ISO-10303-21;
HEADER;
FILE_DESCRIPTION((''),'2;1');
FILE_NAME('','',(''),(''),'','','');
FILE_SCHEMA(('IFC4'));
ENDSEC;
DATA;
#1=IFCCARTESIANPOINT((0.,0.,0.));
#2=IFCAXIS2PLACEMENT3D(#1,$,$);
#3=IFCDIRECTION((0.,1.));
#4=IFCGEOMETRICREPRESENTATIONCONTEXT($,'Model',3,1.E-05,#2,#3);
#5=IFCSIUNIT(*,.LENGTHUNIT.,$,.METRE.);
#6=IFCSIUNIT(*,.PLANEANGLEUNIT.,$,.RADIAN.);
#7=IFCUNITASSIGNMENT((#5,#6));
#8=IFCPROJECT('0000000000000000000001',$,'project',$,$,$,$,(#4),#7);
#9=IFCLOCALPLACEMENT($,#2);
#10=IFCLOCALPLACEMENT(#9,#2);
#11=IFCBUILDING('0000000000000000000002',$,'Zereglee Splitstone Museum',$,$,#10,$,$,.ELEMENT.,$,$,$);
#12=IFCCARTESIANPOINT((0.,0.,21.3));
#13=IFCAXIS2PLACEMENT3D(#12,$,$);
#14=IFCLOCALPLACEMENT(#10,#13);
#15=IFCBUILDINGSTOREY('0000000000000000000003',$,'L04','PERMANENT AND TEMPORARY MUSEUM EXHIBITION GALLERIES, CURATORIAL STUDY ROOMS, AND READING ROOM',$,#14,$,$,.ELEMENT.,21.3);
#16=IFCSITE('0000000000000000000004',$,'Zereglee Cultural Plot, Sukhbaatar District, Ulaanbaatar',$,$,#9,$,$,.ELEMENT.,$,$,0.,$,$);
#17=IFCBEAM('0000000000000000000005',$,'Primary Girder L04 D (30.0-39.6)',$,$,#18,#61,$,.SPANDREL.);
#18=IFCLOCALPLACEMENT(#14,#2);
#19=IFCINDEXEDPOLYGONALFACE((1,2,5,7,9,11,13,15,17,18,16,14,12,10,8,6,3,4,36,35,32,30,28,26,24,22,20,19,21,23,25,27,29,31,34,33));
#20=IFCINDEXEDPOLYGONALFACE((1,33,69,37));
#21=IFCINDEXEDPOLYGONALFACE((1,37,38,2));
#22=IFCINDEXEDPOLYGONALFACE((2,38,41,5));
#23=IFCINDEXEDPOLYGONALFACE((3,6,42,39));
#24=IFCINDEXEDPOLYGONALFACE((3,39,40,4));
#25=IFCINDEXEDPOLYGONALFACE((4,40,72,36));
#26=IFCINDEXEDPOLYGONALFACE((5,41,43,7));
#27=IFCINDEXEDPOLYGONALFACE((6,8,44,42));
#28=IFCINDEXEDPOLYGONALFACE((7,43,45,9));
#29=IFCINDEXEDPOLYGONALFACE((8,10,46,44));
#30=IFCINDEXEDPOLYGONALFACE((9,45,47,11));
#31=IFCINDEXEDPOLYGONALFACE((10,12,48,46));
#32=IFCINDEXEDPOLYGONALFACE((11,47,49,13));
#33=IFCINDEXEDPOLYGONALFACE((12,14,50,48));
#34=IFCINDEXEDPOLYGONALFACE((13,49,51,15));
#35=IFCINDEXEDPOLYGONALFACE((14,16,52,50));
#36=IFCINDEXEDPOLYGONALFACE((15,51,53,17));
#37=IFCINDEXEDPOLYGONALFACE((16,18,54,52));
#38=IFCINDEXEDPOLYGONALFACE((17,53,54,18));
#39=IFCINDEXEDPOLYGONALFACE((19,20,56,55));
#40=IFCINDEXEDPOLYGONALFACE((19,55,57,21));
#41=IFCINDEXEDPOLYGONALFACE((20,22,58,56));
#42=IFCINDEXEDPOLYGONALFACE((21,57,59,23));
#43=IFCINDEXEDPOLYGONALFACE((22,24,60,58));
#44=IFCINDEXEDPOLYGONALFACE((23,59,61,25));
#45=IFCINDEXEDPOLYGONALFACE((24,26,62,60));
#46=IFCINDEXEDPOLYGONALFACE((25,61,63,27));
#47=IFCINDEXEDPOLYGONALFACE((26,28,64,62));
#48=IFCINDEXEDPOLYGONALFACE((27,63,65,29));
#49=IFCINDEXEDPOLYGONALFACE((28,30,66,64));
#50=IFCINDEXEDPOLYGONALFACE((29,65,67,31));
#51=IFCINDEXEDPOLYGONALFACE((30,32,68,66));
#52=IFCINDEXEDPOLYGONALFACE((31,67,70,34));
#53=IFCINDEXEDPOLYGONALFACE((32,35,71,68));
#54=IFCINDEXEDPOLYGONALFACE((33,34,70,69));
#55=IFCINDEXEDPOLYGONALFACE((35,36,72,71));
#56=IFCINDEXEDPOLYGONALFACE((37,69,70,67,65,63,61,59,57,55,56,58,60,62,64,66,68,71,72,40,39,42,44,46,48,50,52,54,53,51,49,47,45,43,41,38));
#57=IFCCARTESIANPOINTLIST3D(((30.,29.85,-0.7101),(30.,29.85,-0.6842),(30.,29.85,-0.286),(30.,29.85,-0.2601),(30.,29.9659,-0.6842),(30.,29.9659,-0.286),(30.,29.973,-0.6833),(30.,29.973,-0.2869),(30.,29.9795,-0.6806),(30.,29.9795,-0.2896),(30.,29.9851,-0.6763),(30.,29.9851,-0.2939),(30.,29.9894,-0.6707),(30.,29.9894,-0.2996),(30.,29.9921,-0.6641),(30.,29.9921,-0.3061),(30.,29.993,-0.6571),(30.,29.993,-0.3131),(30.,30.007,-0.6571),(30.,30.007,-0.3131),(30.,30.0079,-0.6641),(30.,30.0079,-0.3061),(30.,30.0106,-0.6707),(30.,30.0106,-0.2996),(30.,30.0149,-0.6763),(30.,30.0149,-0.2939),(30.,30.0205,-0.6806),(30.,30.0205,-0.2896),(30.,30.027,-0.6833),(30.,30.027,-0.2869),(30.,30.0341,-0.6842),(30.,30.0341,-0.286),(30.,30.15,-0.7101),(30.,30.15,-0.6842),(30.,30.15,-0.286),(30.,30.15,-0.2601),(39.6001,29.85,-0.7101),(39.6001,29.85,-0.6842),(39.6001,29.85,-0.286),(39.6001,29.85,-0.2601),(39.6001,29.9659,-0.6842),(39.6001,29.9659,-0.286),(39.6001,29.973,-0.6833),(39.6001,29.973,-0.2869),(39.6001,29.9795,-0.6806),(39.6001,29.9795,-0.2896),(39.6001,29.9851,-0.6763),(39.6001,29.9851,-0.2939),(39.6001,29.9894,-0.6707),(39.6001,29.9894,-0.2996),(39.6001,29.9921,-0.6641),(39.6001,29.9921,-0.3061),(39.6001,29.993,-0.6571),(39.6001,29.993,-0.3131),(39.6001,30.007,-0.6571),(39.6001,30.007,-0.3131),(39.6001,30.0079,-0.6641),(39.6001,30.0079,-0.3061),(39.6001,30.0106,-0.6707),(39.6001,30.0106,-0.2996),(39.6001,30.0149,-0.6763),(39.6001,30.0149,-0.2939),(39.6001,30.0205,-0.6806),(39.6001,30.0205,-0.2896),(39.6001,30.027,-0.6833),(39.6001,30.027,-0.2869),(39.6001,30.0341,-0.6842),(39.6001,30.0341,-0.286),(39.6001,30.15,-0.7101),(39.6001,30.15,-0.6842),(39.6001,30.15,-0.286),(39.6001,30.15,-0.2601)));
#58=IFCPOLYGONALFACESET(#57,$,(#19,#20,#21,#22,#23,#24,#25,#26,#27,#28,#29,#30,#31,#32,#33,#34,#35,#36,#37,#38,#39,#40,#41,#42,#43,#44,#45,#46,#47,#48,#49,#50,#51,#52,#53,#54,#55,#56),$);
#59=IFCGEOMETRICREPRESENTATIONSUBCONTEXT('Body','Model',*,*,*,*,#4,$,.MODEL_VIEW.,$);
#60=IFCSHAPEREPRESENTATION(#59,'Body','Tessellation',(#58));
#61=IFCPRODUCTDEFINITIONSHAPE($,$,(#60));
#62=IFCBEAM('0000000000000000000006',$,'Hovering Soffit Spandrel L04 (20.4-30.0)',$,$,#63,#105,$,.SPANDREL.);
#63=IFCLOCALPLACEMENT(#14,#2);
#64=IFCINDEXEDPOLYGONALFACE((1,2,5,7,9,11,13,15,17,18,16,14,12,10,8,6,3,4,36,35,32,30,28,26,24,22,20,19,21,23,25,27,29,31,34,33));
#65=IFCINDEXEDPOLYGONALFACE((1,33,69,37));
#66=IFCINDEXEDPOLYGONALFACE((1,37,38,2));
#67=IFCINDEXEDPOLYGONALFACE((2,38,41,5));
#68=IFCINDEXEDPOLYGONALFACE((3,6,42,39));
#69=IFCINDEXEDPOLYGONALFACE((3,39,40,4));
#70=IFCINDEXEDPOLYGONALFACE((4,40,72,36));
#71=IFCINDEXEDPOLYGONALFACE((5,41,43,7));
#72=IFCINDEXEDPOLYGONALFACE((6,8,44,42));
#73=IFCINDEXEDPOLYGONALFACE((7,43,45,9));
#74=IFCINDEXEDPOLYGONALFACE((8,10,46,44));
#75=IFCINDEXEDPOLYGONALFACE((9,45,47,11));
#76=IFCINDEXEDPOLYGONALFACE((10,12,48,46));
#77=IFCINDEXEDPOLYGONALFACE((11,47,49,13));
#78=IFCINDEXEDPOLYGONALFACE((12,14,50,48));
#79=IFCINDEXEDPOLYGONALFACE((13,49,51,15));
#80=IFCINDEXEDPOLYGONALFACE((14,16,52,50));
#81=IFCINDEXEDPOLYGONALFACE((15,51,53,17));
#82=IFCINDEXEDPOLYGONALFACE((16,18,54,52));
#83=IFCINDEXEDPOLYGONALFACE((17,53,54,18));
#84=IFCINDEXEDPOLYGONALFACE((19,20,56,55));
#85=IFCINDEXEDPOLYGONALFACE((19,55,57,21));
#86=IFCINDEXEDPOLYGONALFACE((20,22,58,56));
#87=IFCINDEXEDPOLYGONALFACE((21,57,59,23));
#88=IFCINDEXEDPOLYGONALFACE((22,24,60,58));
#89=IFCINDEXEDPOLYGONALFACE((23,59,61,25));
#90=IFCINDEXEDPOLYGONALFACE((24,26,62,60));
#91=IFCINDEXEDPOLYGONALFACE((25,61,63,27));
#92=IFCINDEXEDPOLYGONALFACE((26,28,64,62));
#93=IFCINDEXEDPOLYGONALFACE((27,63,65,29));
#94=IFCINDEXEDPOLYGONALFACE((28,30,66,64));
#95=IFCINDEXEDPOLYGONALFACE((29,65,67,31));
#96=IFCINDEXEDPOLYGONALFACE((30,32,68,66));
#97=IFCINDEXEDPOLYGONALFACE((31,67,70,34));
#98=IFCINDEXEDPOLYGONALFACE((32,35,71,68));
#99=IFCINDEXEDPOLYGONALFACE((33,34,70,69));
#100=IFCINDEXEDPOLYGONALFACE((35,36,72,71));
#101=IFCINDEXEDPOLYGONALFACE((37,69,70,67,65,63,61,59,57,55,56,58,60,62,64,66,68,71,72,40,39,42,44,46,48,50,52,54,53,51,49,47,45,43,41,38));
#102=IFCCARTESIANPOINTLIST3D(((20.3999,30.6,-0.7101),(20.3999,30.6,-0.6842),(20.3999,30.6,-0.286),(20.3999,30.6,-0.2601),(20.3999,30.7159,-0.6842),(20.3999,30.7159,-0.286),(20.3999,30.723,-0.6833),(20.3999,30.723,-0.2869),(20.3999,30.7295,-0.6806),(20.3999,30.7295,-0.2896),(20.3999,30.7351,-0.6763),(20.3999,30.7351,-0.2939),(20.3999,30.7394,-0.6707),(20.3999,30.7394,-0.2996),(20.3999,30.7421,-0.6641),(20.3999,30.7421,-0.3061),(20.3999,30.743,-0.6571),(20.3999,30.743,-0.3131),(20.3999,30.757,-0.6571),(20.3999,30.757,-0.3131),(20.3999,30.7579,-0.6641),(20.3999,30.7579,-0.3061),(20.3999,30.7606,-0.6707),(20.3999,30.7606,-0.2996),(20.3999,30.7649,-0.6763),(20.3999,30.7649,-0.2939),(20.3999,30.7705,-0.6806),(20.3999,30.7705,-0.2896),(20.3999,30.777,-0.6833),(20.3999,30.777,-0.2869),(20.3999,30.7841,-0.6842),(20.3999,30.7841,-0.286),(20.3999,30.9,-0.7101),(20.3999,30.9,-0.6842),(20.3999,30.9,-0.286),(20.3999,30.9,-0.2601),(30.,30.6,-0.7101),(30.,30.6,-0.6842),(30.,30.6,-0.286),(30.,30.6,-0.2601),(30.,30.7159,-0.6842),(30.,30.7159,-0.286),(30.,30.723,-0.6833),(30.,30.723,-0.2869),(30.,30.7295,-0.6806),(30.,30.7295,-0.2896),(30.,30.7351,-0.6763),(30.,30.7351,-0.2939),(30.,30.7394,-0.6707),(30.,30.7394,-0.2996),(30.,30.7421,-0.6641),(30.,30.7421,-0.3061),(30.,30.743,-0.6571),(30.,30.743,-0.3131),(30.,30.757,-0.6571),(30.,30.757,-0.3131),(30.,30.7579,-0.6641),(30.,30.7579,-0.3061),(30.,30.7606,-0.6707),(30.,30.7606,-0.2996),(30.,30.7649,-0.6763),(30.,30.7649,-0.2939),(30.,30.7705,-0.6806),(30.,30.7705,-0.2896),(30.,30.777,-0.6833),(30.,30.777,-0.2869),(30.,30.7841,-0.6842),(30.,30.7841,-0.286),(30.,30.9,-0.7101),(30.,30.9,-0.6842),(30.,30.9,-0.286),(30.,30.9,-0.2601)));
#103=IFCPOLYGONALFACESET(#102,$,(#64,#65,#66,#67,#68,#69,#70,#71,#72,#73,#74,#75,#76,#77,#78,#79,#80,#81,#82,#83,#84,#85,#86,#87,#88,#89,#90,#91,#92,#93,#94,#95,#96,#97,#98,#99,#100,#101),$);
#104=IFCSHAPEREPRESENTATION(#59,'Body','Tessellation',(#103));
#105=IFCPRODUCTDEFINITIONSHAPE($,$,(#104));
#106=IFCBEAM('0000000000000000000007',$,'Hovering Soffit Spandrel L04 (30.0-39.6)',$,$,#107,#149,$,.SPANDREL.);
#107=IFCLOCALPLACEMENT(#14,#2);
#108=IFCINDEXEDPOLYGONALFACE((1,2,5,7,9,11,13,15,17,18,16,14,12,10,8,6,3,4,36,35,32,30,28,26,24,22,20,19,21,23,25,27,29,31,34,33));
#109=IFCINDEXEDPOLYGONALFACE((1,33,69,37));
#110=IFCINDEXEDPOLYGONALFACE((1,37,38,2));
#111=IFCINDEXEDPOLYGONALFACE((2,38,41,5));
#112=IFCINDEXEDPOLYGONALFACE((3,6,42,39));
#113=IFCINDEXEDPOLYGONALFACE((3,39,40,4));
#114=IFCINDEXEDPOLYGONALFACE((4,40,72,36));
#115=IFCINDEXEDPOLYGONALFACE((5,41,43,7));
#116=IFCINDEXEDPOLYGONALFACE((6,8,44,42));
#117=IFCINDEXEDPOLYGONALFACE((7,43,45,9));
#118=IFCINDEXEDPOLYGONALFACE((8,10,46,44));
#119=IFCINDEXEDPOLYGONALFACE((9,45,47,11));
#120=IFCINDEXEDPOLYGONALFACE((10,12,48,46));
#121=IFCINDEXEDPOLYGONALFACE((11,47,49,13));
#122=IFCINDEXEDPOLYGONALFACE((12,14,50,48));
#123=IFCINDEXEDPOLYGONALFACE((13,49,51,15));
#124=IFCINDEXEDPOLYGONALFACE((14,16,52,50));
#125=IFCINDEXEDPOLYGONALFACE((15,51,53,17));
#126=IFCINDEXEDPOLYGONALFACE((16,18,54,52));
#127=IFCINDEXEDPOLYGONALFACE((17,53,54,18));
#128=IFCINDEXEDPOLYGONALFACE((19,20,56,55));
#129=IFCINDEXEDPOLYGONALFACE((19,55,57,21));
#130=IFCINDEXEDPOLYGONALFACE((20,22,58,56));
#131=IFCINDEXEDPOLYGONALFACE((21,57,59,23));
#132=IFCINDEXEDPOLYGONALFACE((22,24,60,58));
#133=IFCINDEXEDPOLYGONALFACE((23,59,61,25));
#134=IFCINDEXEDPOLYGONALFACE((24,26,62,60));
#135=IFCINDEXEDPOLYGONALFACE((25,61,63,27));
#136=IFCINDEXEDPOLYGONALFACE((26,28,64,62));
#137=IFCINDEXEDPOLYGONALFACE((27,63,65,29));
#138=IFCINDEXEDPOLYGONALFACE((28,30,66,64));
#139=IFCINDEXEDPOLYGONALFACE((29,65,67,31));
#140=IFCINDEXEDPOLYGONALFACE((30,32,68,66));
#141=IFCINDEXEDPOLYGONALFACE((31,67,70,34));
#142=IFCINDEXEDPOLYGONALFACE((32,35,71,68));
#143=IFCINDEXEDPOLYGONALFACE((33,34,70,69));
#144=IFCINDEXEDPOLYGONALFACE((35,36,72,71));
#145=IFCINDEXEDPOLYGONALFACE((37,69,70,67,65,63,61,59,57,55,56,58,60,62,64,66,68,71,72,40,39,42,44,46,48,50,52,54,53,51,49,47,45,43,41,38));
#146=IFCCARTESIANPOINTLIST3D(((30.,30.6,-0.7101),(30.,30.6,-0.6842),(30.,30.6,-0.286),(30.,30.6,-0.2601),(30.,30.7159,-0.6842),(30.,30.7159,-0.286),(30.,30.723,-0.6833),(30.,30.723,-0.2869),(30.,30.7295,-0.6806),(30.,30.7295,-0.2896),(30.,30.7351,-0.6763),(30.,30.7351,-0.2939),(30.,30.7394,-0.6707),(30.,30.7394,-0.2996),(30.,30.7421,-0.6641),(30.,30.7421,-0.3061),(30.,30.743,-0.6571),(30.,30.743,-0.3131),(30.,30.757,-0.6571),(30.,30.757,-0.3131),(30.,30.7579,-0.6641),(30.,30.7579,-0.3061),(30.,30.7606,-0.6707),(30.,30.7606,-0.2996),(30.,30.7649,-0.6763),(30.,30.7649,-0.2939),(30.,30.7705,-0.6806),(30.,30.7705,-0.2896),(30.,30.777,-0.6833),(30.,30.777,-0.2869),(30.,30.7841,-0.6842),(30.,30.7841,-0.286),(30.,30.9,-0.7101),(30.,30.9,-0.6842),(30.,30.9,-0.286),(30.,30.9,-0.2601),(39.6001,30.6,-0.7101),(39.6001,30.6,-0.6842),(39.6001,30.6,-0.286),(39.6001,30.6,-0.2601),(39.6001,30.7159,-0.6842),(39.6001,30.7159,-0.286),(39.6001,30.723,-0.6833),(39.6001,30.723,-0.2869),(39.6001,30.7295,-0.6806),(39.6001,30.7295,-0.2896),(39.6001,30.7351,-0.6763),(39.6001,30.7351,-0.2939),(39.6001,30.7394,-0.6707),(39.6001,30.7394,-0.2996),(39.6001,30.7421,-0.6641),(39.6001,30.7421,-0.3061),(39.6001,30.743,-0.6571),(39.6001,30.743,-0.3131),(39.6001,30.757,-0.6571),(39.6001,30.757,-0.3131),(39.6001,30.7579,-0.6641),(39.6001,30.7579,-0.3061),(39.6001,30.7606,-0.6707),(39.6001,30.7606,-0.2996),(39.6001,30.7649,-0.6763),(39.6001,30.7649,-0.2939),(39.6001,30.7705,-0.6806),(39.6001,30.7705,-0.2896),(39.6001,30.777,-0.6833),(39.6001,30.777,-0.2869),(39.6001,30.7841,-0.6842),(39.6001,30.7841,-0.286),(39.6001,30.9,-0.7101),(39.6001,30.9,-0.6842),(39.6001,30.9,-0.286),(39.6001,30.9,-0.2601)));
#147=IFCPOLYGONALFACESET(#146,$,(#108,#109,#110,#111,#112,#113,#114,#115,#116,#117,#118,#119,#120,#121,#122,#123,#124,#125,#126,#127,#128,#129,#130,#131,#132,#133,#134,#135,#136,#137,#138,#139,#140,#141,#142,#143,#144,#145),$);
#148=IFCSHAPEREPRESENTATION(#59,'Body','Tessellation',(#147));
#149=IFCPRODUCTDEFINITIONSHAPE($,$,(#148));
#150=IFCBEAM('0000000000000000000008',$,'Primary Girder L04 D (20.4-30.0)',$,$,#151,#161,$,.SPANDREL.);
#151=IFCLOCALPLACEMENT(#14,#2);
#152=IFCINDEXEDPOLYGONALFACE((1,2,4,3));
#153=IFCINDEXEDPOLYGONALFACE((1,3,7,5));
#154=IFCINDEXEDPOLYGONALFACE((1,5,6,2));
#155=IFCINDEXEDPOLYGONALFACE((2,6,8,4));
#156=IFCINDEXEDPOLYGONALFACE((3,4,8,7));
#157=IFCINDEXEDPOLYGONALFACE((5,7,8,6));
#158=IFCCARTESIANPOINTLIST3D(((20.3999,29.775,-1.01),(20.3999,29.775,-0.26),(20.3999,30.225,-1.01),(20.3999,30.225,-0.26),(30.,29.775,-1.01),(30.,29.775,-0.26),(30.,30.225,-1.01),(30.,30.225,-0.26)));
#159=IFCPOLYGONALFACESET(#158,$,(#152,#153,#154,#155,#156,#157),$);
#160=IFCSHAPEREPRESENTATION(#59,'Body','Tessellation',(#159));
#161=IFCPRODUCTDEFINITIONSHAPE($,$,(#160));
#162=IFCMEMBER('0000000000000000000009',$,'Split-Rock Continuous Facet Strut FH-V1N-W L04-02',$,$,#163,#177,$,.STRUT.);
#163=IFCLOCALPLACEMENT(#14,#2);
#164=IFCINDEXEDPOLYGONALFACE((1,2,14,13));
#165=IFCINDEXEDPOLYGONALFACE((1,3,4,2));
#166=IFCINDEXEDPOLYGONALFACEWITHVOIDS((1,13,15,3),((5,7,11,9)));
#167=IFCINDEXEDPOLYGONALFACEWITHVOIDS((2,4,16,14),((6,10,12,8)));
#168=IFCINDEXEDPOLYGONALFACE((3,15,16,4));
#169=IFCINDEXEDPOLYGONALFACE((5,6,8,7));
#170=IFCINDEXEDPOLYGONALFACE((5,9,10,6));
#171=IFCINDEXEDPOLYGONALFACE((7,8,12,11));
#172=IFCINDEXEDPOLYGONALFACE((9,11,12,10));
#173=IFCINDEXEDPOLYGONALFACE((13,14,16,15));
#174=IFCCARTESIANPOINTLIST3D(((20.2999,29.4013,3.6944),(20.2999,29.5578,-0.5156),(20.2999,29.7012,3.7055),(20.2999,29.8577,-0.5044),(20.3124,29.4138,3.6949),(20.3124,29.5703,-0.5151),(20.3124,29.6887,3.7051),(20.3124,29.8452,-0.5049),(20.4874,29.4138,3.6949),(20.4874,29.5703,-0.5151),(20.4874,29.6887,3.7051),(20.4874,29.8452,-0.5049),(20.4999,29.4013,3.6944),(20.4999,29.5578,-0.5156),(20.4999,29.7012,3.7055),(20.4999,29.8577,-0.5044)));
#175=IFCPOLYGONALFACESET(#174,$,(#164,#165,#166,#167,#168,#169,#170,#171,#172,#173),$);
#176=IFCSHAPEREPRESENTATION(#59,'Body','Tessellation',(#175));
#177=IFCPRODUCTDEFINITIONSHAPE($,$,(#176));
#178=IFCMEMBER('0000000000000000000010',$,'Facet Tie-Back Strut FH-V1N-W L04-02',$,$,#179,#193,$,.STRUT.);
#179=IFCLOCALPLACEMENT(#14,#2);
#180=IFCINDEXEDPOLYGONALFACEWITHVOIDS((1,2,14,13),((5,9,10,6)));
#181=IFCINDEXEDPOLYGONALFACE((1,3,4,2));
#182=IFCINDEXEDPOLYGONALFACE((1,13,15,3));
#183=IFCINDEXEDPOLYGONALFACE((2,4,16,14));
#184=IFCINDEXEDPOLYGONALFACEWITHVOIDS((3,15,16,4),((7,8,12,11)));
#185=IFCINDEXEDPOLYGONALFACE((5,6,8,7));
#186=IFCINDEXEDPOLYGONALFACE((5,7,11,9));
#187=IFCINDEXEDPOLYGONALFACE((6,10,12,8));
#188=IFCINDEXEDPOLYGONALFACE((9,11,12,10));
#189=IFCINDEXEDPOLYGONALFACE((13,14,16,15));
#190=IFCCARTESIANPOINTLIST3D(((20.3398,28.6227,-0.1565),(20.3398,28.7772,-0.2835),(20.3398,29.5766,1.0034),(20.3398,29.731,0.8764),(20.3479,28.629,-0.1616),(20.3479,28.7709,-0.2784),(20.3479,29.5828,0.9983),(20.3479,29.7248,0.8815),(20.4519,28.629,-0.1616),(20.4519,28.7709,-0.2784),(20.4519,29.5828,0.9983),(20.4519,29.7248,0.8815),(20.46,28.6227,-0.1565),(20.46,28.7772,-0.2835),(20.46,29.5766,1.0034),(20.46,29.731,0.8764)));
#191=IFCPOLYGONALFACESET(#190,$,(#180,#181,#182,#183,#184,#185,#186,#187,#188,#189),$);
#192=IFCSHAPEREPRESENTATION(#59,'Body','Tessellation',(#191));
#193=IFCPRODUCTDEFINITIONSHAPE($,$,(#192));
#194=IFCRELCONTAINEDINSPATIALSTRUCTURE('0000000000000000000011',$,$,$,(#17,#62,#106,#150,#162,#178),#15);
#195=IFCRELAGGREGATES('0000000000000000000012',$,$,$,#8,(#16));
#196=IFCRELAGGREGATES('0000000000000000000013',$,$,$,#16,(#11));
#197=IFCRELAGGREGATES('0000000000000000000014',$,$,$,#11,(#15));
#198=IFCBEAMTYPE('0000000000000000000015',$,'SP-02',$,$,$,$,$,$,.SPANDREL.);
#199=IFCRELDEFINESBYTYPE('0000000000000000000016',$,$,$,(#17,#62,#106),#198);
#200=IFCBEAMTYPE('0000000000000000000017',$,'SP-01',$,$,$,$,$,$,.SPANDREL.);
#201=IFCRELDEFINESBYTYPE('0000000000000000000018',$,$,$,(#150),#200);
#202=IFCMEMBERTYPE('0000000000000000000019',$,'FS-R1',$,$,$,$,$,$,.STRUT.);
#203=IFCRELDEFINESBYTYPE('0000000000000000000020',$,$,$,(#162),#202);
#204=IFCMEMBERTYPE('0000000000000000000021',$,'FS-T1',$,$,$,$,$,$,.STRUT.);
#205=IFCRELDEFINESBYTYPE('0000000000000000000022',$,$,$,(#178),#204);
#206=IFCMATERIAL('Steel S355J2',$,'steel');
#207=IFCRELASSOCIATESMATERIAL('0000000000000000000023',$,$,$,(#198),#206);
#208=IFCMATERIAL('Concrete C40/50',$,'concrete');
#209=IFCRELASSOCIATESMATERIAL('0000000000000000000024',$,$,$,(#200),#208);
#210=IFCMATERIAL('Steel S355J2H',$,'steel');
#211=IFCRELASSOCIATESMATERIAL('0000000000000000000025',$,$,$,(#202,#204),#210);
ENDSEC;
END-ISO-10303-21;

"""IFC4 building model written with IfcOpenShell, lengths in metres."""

from ifc_helpers import new_model, si_unit, direction, frame, origin, origin_2d, place, context, subcontext, project, spatial, rectangle, hollow_rectangle, i_section, extrude, material, material_profile, profile_set, type_object, element, save


model = new_model("IFC4")

# Units and contexts
model_context = context("Model", 3, precision=1e-05, world=origin(), true_north=direction((0.0, 1.0)))
body_context = subcontext(model_context, "Body", "Model", "MODEL_VIEW")
ifc_project = project(units=[si_unit("LENGTHUNIT", "METRE"), si_unit("PLANEANGLEUNIT", "RADIAN")], contexts=[model_context])

# Site, building, storey
site_placement = place(None, origin())
site = spatial("IfcSite", under=ifc_project, at=site_placement, Name="Zereglee Cultural Plot, Sukhbaatar District, Ulaanbaatar", CompositionType="ELEMENT", RefElevation=0.0)
building_placement = place(site_placement, origin())
building = spatial("IfcBuilding", under=site, at=building_placement, Name="Zereglee Splitstone Museum", CompositionType="ELEMENT")
storey_placement = place(building_placement, frame((0.0, 0.0, 21.3)))
storey = spatial("IfcBuildingStorey", under=building, at=storey_placement, Name="L04", Description="PERMANENT AND TEMPORARY MUSEUM EXHIBITION GALLERIES, CURATORIAL STUDY ROOMS, AND READING ROOM", CompositionType="ELEMENT", Elevation=21.3)

# Shared definitions
ifc_material_1 = material(Name="Steel S355J2", Category="steel")

# Shared definitions
ifc_material_2 = material(Name="Concrete C40/50", Category="concrete")

# Shared definitions
ifc_material_3 = material(Name="Steel S355J2H", Category="steel")

# Beams
ifc_material_profile_1 = material_profile(ifc_material_1, i_section(OverallWidth=0.3, OverallDepth=0.45, WebThickness=0.0139, FlangeThickness=0.0259, FilletRadius=0.0271, at=origin_2d()), Name="HE 450 B")
ifc_profile_set_1 = profile_set([ifc_material_profile_1], Name="Steel S355J2")
beam_type_1 = type_object("IfcBeamType", Name="SP-02", PredefinedType="SPANDREL", material=ifc_profile_set_1)
for number, where, z_axis, x_axis, name in (
    (1, (30.0, 30.0, -0.4851), (1.0, 0.0, 0.0), (0.0, 1.0, 0.0), "Primary Girder L04 D (30.0-39.6)"),
    (2, (20.3999, 30.75, -0.4851), (1.0, 0.0, 0.0), (0.0, 1.0, 0.0), "Hovering Soffit Spandrel L04 (20.4-30.0)"),
    (3, (30.0, 30.75, -0.4851), (1.0, 0.0, 0.0), (0.0, 1.0, 0.0), "Hovering Soffit Spandrel L04 (30.0-39.6)"),
):
    element("IfcBeam", number, at=place(storey_placement, frame(where, z_axis=z_axis, x_axis=x_axis)), inside=storey, type_object=beam_type_1, Name=name, PredefinedType="SPANDREL", context=body_context, shape_type="SweptSolid", body=[
        extrude(i_section(OverallWidth=0.3, OverallDepth=0.45, WebThickness=0.0139, FlangeThickness=0.0259, FilletRadius=0.0271, at=origin_2d()), origin(), (0.0, 0.0, 1.0), 9.6001),
    ])
ifc_material_profile_2 = material_profile(ifc_material_2, rectangle(XDim=0.45, YDim=0.75, at=origin_2d()), Name="RC 450x750")
ifc_profile_set_2 = profile_set([ifc_material_profile_2], Name="Concrete C40/50")
beam_type_2 = type_object("IfcBeamType", Name="SP-01", PredefinedType="SPANDREL", material=ifc_profile_set_2)
beam_1_placement = place(storey_placement, frame((20.3999, 30.0, -0.635), z_axis=(1.0, 0.0, 0.0), x_axis=(0.0, 1.0, 0.0)))
element("IfcBeam", 4, at=beam_1_placement, inside=storey, type_object=beam_type_2, Name="Primary Girder L04 D (20.4-30.0)", PredefinedType="SPANDREL", context=body_context, shape_type="SweptSolid", body=[
    extrude(rectangle(XDim=0.45, YDim=0.75, at=origin_2d()), origin(), (0.0, 0.0, 1.0), 9.6001),
])

# Members
ifc_material_profile_3 = material_profile(ifc_material_3, hollow_rectangle(XDim=0.2, YDim=0.3, WallThickness=0.0125, at=origin_2d()), Name="RHS 300x200x12.5")
ifc_profile_set_3 = profile_set([ifc_material_profile_3], Name="Steel S355J2H")
member_type_1 = type_object("IfcMemberType", Name="FS-R1", PredefinedType="STRUT", material=ifc_profile_set_3)
member_1_placement = place(storey_placement, frame((20.3999, 29.7078, -0.51), z_axis=(0.0, -0.037147, 0.99931), x_axis=(1.0, 0.0, 0.0)))
element("IfcMember", 5, at=member_1_placement, inside=storey, type_object=member_type_1, Name="Split-Rock Continuous Facet Strut FH-V1N-W L04-02", PredefinedType="STRUT", context=body_context, shape_type="SweptSolid", body=[
    extrude(hollow_rectangle(XDim=0.2, YDim=0.3, WallThickness=0.0125, at=origin_2d()), origin(), (0.0, 0.0, 1.0), 4.2129),
])
ifc_material_profile_4 = material_profile(ifc_material_3, hollow_rectangle(XDim=0.1201, YDim=0.2, WallThickness=0.0081, at=origin_2d()), Name="RHS 200x120x8")
ifc_profile_set_4 = profile_set([ifc_material_profile_4], Name="Steel S355J2H")
member_type_2 = type_object("IfcMemberType", Name="FS-T1", PredefinedType="STRUT", material=ifc_profile_set_4)
member_2_placement = place(storey_placement, frame((20.3999, 28.7, -0.22), z_axis=(0.0, 0.635166, 0.772376), x_axis=(-1.0, 0.0, 0.0)))
element("IfcMember", 6, at=member_2_placement, inside=storey, type_object=member_type_2, Name="Facet Tie-Back Strut FH-V1N-W L04-02", PredefinedType="STRUT", context=body_context, shape_type="SweptSolid", body=[
    extrude(hollow_rectangle(XDim=0.1201, YDim=0.2, WallThickness=0.0081, at=origin_2d()), origin(), (0.0, 0.0, 1.0), 1.5017),
])

save(model, "model.ifc")
